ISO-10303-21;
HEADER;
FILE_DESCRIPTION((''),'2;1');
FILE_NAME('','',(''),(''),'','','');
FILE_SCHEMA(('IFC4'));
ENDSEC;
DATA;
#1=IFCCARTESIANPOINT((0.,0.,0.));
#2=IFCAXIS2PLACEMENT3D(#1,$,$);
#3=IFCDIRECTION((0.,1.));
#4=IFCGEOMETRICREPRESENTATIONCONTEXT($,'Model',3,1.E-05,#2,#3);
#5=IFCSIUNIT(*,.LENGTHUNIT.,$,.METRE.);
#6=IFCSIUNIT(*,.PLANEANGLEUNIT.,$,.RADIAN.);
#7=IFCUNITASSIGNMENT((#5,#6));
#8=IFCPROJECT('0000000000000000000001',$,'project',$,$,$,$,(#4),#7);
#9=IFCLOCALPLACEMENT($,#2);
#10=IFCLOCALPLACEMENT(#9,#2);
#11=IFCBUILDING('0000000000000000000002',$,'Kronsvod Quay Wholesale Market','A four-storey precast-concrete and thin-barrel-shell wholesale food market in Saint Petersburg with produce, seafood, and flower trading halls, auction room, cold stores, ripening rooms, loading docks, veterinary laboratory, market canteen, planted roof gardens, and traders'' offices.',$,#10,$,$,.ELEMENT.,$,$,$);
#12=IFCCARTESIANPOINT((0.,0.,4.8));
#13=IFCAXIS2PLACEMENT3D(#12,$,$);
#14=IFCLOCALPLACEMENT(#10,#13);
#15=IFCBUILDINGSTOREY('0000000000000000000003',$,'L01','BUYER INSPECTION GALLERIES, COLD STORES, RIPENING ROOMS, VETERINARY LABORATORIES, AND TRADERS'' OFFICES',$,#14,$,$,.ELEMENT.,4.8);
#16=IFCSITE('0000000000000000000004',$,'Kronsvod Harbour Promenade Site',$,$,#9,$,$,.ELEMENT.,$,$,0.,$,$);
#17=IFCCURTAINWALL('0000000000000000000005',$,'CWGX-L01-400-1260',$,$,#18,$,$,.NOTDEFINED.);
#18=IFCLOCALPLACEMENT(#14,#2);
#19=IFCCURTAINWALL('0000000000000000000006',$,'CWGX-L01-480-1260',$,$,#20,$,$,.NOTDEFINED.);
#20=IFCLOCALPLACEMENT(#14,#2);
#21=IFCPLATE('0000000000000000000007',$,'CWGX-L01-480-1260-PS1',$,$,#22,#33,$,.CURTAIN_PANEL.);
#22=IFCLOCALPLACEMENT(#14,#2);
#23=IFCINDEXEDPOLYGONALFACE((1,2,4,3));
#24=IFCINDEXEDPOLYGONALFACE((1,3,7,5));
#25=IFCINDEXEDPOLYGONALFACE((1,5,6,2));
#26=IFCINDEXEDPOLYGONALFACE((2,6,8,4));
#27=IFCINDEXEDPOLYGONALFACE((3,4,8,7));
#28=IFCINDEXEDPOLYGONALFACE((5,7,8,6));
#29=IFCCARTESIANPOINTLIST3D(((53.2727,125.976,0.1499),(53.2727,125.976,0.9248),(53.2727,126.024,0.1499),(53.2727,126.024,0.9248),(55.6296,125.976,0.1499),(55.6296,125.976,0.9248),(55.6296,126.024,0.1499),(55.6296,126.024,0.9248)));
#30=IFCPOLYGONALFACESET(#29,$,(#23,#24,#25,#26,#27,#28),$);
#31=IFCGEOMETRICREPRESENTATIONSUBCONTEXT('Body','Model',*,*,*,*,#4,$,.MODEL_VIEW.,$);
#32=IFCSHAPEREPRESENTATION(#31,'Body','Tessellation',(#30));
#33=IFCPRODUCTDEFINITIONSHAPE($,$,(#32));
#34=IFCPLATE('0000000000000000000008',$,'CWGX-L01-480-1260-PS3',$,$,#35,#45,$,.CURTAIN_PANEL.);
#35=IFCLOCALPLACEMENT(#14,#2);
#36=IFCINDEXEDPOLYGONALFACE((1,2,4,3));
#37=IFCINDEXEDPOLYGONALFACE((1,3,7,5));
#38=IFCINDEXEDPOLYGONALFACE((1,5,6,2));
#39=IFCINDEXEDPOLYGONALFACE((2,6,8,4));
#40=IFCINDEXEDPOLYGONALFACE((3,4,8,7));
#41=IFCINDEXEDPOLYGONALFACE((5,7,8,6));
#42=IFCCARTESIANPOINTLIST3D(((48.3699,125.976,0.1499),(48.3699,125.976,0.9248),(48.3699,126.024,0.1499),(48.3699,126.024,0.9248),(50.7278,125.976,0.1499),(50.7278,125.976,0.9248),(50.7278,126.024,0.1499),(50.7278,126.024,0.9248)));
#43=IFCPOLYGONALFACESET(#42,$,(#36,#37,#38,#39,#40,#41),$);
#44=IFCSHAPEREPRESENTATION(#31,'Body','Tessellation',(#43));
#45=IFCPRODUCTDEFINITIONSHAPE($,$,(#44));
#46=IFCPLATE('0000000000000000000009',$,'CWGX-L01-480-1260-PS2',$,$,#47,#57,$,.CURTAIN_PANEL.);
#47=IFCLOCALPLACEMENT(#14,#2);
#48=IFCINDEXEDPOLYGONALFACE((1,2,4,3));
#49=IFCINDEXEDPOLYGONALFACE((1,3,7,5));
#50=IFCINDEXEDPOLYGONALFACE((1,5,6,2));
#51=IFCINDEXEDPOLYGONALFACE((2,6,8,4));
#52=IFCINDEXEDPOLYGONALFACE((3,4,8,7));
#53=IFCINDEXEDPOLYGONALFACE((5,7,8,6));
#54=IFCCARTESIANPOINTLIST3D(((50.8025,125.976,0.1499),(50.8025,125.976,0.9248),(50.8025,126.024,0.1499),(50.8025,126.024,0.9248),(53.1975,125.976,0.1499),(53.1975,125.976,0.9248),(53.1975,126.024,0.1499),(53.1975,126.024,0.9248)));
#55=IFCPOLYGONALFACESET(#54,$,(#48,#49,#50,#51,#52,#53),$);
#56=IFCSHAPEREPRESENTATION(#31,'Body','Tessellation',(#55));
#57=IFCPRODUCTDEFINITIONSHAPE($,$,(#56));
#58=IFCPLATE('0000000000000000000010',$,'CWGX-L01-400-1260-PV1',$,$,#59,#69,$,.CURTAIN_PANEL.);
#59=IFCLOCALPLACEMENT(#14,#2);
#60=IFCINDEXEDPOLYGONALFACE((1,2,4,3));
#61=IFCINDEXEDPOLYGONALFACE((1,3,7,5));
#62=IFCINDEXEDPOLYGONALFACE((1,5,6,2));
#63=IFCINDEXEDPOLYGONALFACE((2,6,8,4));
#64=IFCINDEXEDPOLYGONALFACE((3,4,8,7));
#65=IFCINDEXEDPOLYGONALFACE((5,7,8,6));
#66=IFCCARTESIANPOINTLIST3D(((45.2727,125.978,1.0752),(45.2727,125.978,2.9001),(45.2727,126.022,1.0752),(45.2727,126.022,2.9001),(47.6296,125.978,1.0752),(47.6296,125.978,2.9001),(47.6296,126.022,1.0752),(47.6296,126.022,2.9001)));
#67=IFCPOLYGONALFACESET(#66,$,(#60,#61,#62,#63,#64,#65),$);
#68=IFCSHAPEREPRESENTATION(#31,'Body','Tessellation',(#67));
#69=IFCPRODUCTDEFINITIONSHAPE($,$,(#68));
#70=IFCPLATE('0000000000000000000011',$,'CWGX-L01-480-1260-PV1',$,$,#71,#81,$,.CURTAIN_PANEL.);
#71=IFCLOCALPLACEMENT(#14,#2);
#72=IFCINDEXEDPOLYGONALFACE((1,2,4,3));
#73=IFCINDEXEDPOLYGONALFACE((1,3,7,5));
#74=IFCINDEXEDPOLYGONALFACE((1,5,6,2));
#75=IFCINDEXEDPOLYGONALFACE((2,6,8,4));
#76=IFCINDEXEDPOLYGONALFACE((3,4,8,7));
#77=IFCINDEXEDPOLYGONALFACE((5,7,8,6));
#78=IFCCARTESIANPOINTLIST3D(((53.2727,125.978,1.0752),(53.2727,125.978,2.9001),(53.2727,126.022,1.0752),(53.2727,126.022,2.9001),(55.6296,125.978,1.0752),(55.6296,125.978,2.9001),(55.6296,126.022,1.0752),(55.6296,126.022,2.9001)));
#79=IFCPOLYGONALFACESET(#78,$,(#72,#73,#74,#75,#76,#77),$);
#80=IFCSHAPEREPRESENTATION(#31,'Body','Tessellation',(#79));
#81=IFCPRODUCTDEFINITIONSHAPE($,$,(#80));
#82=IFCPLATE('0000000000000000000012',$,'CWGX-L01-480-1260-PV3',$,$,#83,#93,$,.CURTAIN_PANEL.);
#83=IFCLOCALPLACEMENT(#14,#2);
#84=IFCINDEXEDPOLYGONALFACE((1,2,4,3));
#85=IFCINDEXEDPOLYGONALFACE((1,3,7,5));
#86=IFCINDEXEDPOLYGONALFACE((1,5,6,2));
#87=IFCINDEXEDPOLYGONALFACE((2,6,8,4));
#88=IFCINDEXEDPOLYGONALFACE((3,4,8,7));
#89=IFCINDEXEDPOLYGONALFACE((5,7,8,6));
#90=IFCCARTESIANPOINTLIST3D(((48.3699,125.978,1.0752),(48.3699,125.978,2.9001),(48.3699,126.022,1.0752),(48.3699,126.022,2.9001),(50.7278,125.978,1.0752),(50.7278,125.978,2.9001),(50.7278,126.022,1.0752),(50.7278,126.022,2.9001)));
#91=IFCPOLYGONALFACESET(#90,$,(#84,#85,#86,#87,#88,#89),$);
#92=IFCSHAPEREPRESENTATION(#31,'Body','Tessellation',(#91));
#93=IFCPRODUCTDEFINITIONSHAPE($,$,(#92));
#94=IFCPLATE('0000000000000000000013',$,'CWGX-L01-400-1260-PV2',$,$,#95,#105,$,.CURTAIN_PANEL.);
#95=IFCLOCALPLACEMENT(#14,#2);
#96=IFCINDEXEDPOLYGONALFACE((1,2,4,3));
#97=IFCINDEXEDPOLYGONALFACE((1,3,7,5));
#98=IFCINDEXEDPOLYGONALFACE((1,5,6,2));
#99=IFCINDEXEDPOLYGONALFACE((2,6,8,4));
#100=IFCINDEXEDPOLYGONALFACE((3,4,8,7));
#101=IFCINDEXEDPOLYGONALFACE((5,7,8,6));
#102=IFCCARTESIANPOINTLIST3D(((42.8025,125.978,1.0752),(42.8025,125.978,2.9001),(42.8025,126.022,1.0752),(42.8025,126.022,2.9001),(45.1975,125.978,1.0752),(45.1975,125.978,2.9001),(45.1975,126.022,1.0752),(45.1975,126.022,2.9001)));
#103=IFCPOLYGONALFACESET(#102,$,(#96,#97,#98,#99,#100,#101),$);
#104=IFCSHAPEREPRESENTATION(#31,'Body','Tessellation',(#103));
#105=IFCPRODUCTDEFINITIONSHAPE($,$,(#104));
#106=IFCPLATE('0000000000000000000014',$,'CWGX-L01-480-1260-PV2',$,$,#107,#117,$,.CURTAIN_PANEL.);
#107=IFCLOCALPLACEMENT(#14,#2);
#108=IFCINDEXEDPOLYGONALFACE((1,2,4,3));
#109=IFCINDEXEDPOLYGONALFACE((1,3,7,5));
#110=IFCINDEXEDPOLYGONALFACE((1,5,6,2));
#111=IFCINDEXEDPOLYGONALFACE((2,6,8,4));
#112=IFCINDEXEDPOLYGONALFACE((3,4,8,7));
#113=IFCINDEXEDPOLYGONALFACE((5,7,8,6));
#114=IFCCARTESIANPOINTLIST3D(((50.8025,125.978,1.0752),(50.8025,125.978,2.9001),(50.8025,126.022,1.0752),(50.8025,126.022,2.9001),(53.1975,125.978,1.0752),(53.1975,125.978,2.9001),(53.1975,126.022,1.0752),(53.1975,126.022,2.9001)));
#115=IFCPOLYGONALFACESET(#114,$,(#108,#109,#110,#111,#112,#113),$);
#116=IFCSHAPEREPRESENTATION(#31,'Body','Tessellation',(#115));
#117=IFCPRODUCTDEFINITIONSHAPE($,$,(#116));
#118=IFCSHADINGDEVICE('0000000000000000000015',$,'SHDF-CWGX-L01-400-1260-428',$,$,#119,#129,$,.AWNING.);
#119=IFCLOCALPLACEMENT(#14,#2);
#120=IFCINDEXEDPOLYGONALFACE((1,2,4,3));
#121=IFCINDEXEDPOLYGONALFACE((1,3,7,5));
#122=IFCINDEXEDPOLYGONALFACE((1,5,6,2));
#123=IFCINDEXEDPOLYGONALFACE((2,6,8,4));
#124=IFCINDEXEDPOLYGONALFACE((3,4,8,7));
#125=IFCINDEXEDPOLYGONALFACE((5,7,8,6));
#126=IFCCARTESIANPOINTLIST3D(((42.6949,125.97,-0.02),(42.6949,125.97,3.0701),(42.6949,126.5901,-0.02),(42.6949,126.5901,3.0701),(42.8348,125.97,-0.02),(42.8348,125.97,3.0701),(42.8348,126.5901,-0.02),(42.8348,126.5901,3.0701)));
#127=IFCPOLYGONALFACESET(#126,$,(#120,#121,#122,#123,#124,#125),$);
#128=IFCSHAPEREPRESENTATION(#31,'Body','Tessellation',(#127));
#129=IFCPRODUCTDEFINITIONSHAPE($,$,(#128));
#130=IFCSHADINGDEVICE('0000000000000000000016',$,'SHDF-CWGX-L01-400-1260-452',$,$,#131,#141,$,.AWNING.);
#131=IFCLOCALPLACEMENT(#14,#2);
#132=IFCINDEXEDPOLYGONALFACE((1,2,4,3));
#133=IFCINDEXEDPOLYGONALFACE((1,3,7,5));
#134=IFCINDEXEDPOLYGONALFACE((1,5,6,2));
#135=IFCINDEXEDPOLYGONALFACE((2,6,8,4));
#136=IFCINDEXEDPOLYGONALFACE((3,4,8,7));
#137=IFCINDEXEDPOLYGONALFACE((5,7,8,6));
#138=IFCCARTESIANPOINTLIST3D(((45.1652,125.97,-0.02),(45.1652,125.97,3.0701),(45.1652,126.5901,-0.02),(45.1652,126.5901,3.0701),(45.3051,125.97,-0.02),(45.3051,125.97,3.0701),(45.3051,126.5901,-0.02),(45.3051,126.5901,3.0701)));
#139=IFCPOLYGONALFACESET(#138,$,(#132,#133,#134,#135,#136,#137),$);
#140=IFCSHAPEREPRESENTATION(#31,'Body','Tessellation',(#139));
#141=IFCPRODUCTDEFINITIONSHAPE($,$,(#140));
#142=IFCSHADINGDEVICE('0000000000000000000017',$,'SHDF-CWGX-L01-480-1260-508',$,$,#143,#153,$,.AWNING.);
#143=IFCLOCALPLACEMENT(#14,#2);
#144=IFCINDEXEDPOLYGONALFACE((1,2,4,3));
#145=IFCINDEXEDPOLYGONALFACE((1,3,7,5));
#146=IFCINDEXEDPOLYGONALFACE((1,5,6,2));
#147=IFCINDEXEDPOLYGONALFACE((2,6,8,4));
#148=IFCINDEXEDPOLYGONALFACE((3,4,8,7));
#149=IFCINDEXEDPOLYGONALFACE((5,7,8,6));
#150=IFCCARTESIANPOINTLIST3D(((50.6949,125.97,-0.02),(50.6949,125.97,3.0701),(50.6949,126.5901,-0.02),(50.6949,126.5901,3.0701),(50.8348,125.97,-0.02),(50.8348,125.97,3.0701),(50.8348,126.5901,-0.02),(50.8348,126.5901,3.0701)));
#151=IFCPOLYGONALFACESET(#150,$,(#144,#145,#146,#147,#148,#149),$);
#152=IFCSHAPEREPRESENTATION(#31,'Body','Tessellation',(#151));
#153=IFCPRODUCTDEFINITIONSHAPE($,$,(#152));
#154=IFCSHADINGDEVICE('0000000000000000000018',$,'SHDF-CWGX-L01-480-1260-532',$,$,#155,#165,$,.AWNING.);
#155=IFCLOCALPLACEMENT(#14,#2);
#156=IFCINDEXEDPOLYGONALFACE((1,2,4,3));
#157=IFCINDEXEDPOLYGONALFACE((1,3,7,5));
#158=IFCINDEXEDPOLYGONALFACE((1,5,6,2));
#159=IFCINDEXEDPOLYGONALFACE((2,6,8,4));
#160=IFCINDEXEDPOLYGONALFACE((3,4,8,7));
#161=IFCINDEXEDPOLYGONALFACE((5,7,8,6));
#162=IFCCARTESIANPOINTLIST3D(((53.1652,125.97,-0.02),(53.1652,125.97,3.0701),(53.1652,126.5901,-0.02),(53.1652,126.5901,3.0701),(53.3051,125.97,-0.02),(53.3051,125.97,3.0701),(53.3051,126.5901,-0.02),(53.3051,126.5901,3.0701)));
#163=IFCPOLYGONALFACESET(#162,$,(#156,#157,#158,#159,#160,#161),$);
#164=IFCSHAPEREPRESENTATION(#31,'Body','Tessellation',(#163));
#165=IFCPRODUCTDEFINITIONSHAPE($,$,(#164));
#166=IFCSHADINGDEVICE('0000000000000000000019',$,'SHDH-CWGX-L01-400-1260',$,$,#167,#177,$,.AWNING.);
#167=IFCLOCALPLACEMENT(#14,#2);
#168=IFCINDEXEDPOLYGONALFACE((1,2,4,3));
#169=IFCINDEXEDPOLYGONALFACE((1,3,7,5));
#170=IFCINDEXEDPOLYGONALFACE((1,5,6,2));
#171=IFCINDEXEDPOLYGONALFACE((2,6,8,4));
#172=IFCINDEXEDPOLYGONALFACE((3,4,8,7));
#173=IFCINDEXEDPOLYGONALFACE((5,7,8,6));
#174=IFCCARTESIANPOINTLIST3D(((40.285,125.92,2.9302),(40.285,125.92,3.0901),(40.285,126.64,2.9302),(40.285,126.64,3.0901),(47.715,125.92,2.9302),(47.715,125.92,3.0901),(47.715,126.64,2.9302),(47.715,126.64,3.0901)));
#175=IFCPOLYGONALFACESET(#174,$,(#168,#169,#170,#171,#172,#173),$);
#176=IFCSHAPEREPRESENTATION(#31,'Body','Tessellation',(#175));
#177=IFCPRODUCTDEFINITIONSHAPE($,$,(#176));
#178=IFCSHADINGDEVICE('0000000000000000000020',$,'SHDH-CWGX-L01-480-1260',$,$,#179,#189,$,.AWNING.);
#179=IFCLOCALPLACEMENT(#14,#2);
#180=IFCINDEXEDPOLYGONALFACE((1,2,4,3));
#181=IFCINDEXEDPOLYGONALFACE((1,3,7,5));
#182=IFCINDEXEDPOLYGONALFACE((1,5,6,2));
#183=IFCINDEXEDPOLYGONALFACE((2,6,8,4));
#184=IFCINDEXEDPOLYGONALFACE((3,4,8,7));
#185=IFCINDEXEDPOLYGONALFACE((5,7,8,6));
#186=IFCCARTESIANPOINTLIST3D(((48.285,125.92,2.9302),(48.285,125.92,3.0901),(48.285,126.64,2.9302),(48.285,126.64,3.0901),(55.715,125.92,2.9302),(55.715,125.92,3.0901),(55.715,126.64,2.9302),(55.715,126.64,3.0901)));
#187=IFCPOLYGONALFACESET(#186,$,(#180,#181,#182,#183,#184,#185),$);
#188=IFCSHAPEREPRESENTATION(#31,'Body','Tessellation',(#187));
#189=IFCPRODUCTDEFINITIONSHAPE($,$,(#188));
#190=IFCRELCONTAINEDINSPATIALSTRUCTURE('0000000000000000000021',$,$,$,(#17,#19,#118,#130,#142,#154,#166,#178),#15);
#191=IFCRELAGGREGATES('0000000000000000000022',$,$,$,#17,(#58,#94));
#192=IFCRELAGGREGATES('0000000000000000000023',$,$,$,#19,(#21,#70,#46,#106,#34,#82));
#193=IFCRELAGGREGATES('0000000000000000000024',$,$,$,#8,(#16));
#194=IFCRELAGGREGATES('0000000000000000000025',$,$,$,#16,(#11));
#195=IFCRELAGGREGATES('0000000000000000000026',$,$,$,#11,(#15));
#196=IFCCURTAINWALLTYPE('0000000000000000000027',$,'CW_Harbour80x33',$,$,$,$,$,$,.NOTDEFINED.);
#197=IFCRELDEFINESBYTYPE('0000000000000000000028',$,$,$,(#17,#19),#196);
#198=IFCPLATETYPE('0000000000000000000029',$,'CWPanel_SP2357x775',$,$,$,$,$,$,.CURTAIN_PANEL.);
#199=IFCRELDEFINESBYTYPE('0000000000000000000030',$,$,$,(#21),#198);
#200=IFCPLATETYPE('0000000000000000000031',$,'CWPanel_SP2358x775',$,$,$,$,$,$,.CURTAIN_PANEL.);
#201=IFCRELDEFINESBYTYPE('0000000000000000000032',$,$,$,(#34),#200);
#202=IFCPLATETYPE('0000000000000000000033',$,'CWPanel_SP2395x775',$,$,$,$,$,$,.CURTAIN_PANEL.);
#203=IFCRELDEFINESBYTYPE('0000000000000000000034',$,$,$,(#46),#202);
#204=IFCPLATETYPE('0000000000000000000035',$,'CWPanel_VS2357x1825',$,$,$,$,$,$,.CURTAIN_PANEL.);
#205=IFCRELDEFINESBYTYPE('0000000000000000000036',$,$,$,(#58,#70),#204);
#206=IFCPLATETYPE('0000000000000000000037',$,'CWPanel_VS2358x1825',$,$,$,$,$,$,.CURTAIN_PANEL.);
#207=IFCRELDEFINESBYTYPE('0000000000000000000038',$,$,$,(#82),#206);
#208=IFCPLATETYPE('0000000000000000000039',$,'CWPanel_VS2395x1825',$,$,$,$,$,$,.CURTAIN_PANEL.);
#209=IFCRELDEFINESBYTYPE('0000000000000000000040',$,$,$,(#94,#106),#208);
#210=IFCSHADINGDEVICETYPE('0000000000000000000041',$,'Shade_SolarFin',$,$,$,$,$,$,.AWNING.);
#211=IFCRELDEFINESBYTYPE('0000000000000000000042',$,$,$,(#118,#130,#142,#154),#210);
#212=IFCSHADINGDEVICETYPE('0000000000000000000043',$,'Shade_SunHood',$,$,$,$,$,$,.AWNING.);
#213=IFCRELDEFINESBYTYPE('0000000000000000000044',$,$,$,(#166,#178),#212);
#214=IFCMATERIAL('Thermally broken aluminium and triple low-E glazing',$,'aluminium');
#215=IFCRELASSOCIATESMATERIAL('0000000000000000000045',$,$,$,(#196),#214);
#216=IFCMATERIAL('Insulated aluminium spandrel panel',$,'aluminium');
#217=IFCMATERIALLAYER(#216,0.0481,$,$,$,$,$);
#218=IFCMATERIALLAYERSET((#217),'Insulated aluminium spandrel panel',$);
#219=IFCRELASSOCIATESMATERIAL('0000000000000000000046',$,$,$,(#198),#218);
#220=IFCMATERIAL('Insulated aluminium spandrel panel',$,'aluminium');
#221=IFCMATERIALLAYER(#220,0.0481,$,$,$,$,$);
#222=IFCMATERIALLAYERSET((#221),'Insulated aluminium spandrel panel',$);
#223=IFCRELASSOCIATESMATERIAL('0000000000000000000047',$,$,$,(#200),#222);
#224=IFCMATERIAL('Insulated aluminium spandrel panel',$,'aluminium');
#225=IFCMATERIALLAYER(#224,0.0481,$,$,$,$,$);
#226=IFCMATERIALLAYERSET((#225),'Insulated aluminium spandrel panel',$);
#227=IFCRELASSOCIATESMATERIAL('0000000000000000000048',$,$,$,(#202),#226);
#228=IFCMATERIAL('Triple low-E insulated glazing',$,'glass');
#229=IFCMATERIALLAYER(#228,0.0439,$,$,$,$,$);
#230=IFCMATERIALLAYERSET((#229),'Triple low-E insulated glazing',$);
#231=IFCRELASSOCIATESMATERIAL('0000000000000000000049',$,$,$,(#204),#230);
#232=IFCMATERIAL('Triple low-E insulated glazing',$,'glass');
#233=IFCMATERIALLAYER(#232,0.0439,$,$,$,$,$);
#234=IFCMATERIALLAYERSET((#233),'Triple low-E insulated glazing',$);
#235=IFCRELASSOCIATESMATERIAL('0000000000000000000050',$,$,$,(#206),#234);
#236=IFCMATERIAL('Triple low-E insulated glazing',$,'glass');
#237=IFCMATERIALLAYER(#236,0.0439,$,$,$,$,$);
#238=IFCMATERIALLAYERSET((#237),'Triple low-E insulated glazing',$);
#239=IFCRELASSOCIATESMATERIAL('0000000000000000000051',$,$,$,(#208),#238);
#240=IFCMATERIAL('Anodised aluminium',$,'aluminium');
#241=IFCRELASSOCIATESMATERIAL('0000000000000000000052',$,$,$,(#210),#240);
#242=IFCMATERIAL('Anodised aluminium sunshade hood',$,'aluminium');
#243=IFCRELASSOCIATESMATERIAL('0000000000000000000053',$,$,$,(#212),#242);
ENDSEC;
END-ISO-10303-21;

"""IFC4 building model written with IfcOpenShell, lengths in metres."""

from ifc_helpers import new_model, si_unit, direction, frame, origin, origin_2d, place, context, subcontext, project, spatial, rectangle, extrude, material, layer, layer_set, type_object, element, aggregate, save


model = new_model("IFC4")

# Units and contexts
model_context = context("Model", 3, precision=1e-05, world=origin(), true_north=direction((0.0, 1.0)))
body_context = subcontext(model_context, "Body", "Model", "MODEL_VIEW")
ifc_project = project(units=[si_unit("LENGTHUNIT", "METRE"), si_unit("PLANEANGLEUNIT", "RADIAN")], contexts=[model_context])

# Site, building, storey
site_placement = place(None, origin())
site = spatial("IfcSite", under=ifc_project, at=site_placement, Name="Kronsvod Harbour Promenade Site", CompositionType="ELEMENT", RefElevation=0.0)
building_placement = place(site_placement, origin())
building = spatial("IfcBuilding", under=site, at=building_placement, Name="Kronsvod Quay Wholesale Market", Description="A four-storey precast-concrete and thin-barrel-shell wholesale food market in Saint Petersburg with produce, seafood, and flower trading halls, auction room, cold stores, ripening rooms, loading docks, veterinary laboratory, market canteen, planted roof gardens, and traders' offices.", CompositionType="ELEMENT")
storey_placement = place(building_placement, frame((0.0, 0.0, 4.8)))
storey = spatial("IfcBuildingStorey", under=building, at=storey_placement, Name="L01", Description="BUYER INSPECTION GALLERIES, COLD STORES, RIPENING ROOMS, VETERINARY LABORATORIES, AND TRADERS' OFFICES", CompositionType="ELEMENT", Elevation=4.8)

# Curtain walls
ifc_material_1 = material(Name="Thermally broken aluminium and triple low-E glazing", Category="aluminium")
curtain_wall_type = type_object("IfcCurtainWallType", Name="CW_Harbour80x33", PredefinedType="NOTDEFINED", material=ifc_material_1)
curtain_wall_1_placement = place(storey_placement, origin())
curtain_wall_1 = element("IfcCurtainWall", 1, at=curtain_wall_1_placement, inside=storey, type_object=curtain_wall_type, Name="CWGX-L01-400-1260", PredefinedType="NOTDEFINED")
curtain_wall_2_placement = place(storey_placement, origin())
curtain_wall_2 = element("IfcCurtainWall", 2, at=curtain_wall_2_placement, inside=storey, type_object=curtain_wall_type, Name="CWGX-L01-480-1260", PredefinedType="NOTDEFINED")

# Plates
ifc_material_2 = material(Name="Insulated aluminium spandrel panel", Category="aluminium")
ifc_layer_1 = layer(ifc_material_2, 0.0481)
ifc_layer_set_1 = layer_set([ifc_layer_1], Name="Insulated aluminium spandrel panel")
plate_type_1 = type_object("IfcPlateType", Name="CWPanel_SP2357x775", PredefinedType="CURTAIN_PANEL", material=ifc_layer_set_1)
plate_1_placement = place(storey_placement, frame((54.4512, 126.0, 0.1499), z_axis=(0.0, 0.0, 1.0), x_axis=(-1.0, 0.0, 0.0)))
plate_1 = element("IfcPlate", 3, at=plate_1_placement, type_object=plate_type_1, Name="CWGX-L01-480-1260-PS1", PredefinedType="CURTAIN_PANEL", context=body_context, shape_type="SweptSolid", body=[
    extrude(rectangle(XDim=2.3569, YDim=0.0481, at=origin_2d()), origin(), (0.0, 0.0, 1.0), 0.7749),
])
ifc_material_3 = material(Name="Insulated aluminium spandrel panel", Category="aluminium")
ifc_layer_2 = layer(ifc_material_3, 0.0481)
ifc_layer_set_2 = layer_set([ifc_layer_2], Name="Insulated aluminium spandrel panel")
plate_type_2 = type_object("IfcPlateType", Name="CWPanel_SP2358x775", PredefinedType="CURTAIN_PANEL", material=ifc_layer_set_2)
plate_2_placement = place(storey_placement, frame((49.5488, 126.0, 0.1499), z_axis=(0.0, 0.0, 1.0), x_axis=(-1.0, 0.0, 0.0)))
plate_2 = element("IfcPlate", 4, at=plate_2_placement, type_object=plate_type_2, Name="CWGX-L01-480-1260-PS3", PredefinedType="CURTAIN_PANEL", context=body_context, shape_type="SweptSolid", body=[
    extrude(rectangle(XDim=2.3579, YDim=0.0481, at=origin_2d()), origin(), (0.0, 0.0, 1.0), 0.7749),
])
ifc_material_4 = material(Name="Insulated aluminium spandrel panel", Category="aluminium")
ifc_layer_3 = layer(ifc_material_4, 0.0481)
ifc_layer_set_3 = layer_set([ifc_layer_3], Name="Insulated aluminium spandrel panel")
plate_type_3 = type_object("IfcPlateType", Name="CWPanel_SP2395x775", PredefinedType="CURTAIN_PANEL", material=ifc_layer_set_3)
plate_3_placement = place(storey_placement, frame((52.0, 126.0, 0.1499), z_axis=(0.0, 0.0, 1.0), x_axis=(-1.0, 0.0, 0.0)))
plate_3 = element("IfcPlate", 5, at=plate_3_placement, type_object=plate_type_3, Name="CWGX-L01-480-1260-PS2", PredefinedType="CURTAIN_PANEL", context=body_context, shape_type="SweptSolid", body=[
    extrude(rectangle(XDim=2.395, YDim=0.0481, at=origin_2d()), origin(), (0.0, 0.0, 1.0), 0.7749),
])
ifc_material_5 = material(Name="Triple low-E insulated glazing", Category="glass")
ifc_layer_4 = layer(ifc_material_5, 0.0439)
ifc_layer_set_4 = layer_set([ifc_layer_4], Name="Triple low-E insulated glazing")
plate_type_4 = type_object("IfcPlateType", Name="CWPanel_VS2357x1825", PredefinedType="CURTAIN_PANEL", material=ifc_layer_set_4)
plate_4_placement = place(storey_placement, frame((46.4512, 126.0, 1.0752), z_axis=(0.0, 0.0, 1.0), x_axis=(-1.0, 0.0, 0.0)))
plate_4 = element("IfcPlate", 6, at=plate_4_placement, type_object=plate_type_4, Name="CWGX-L01-400-1260-PV1", PredefinedType="CURTAIN_PANEL", context=body_context, shape_type="SweptSolid", body=[
    extrude(rectangle(XDim=2.3569, YDim=0.0439, at=origin_2d()), origin(), (0.0, 0.0, 1.0), 1.825),
])
plate_5_placement = place(storey_placement, frame((54.4512, 126.0, 1.0752), z_axis=(0.0, 0.0, 1.0), x_axis=(-1.0, 0.0, 0.0)))
plate_5 = element("IfcPlate", 7, at=plate_5_placement, type_object=plate_type_4, Name="CWGX-L01-480-1260-PV1", PredefinedType="CURTAIN_PANEL", context=body_context, shape_type="SweptSolid", body=[
    extrude(rectangle(XDim=2.3569, YDim=0.0439, at=origin_2d()), origin(), (0.0, 0.0, 1.0), 1.825),
])
ifc_material_6 = material(Name="Triple low-E insulated glazing", Category="glass")
ifc_layer_5 = layer(ifc_material_6, 0.0439)
ifc_layer_set_5 = layer_set([ifc_layer_5], Name="Triple low-E insulated glazing")
plate_type_5 = type_object("IfcPlateType", Name="CWPanel_VS2358x1825", PredefinedType="CURTAIN_PANEL", material=ifc_layer_set_5)
plate_6_placement = place(storey_placement, frame((49.5488, 126.0, 1.0752), z_axis=(0.0, 0.0, 1.0), x_axis=(-1.0, 0.0, 0.0)))
plate_6 = element("IfcPlate", 8, at=plate_6_placement, type_object=plate_type_5, Name="CWGX-L01-480-1260-PV3", PredefinedType="CURTAIN_PANEL", context=body_context, shape_type="SweptSolid", body=[
    extrude(rectangle(XDim=2.3579, YDim=0.0439, at=origin_2d()), origin(), (0.0, 0.0, 1.0), 1.825),
])
ifc_material_7 = material(Name="Triple low-E insulated glazing", Category="glass")
ifc_layer_6 = layer(ifc_material_7, 0.0439)
ifc_layer_set_6 = layer_set([ifc_layer_6], Name="Triple low-E insulated glazing")
plate_type_6 = type_object("IfcPlateType", Name="CWPanel_VS2395x1825", PredefinedType="CURTAIN_PANEL", material=ifc_layer_set_6)
plate_7_placement = place(storey_placement, frame((44.0, 126.0, 1.0752), z_axis=(0.0, 0.0, 1.0), x_axis=(-1.0, 0.0, 0.0)))
plate_7 = element("IfcPlate", 9, at=plate_7_placement, type_object=plate_type_6, Name="CWGX-L01-400-1260-PV2", PredefinedType="CURTAIN_PANEL", context=body_context, shape_type="SweptSolid", body=[
    extrude(rectangle(XDim=2.395, YDim=0.0439, at=origin_2d()), origin(), (0.0, 0.0, 1.0), 1.825),
])
aggregate(curtain_wall_1, [plate_4, plate_7])
plate_8_placement = place(storey_placement, frame((52.0, 126.0, 1.0752), z_axis=(0.0, 0.0, 1.0), x_axis=(-1.0, 0.0, 0.0)))
plate_8 = element("IfcPlate", 10, at=plate_8_placement, type_object=plate_type_6, Name="CWGX-L01-480-1260-PV2", PredefinedType="CURTAIN_PANEL", context=body_context, shape_type="SweptSolid", body=[
    extrude(rectangle(XDim=2.395, YDim=0.0439, at=origin_2d()), origin(), (0.0, 0.0, 1.0), 1.825),
])
aggregate(curtain_wall_2, [plate_1, plate_5, plate_3, plate_8, plate_2, plate_6])

# Shading devices
ifc_material_8 = material(Name="Anodised aluminium", Category="aluminium")
shading_device_type_1 = type_object("IfcShadingDeviceType", Name="Shade_SolarFin", PredefinedType="AWNING", material=ifc_material_8)
for number, where, z_axis, x_axis, name in (
    (11, (42.7649, 126.28, -0.02), (0.0, 0.0, 1.0), (1.0, 0.0, 0.0), "SHDF-CWGX-L01-400-1260-428"),
    (12, (45.2351, 126.28, -0.02), (0.0, 0.0, 1.0), (1.0, 0.0, 0.0), "SHDF-CWGX-L01-400-1260-452"),
    (13, (50.7649, 126.28, -0.02), (0.0, 0.0, 1.0), (1.0, 0.0, 0.0), "SHDF-CWGX-L01-480-1260-508"),
    (14, (53.2351, 126.28, -0.02), (0.0, 0.0, 1.0), (1.0, 0.0, 0.0), "SHDF-CWGX-L01-480-1260-532"),
):
    element("IfcShadingDevice", number, at=place(storey_placement, frame(where, z_axis=z_axis, x_axis=x_axis)), inside=storey, type_object=shading_device_type_1, Name=name, PredefinedType="AWNING", context=body_context, shape_type="SweptSolid", body=[
        extrude(rectangle(XDim=0.1399, YDim=0.6201, at=origin_2d()), origin(), (0.0, 0.0, 1.0), 3.0901),
    ])
ifc_material_9 = material(Name="Anodised aluminium sunshade hood", Category="aluminium")
shading_device_type_2 = type_object("IfcShadingDeviceType", Name="Shade_SunHood", PredefinedType="AWNING", material=ifc_material_9)
for number, where, z_axis, x_axis, name in (
    (15, (44.0, 126.28, 2.9302), (0.0, 0.0, 1.0), (1.0, 0.0, 0.0), "SHDH-CWGX-L01-400-1260"),
    (16, (52.0, 126.28, 2.9302), (0.0, 0.0, 1.0), (1.0, 0.0, 0.0), "SHDH-CWGX-L01-480-1260"),
):
    element("IfcShadingDevice", number, at=place(storey_placement, frame(where, z_axis=z_axis, x_axis=x_axis)), inside=storey, type_object=shading_device_type_2, Name=name, PredefinedType="AWNING", context=body_context, shape_type="SweptSolid", body=[
        extrude(rectangle(XDim=7.4299, YDim=0.72, at=origin_2d()), origin(), (0.0, 0.0, 1.0), 0.1599),
    ])

save(model, "model.ifc")
